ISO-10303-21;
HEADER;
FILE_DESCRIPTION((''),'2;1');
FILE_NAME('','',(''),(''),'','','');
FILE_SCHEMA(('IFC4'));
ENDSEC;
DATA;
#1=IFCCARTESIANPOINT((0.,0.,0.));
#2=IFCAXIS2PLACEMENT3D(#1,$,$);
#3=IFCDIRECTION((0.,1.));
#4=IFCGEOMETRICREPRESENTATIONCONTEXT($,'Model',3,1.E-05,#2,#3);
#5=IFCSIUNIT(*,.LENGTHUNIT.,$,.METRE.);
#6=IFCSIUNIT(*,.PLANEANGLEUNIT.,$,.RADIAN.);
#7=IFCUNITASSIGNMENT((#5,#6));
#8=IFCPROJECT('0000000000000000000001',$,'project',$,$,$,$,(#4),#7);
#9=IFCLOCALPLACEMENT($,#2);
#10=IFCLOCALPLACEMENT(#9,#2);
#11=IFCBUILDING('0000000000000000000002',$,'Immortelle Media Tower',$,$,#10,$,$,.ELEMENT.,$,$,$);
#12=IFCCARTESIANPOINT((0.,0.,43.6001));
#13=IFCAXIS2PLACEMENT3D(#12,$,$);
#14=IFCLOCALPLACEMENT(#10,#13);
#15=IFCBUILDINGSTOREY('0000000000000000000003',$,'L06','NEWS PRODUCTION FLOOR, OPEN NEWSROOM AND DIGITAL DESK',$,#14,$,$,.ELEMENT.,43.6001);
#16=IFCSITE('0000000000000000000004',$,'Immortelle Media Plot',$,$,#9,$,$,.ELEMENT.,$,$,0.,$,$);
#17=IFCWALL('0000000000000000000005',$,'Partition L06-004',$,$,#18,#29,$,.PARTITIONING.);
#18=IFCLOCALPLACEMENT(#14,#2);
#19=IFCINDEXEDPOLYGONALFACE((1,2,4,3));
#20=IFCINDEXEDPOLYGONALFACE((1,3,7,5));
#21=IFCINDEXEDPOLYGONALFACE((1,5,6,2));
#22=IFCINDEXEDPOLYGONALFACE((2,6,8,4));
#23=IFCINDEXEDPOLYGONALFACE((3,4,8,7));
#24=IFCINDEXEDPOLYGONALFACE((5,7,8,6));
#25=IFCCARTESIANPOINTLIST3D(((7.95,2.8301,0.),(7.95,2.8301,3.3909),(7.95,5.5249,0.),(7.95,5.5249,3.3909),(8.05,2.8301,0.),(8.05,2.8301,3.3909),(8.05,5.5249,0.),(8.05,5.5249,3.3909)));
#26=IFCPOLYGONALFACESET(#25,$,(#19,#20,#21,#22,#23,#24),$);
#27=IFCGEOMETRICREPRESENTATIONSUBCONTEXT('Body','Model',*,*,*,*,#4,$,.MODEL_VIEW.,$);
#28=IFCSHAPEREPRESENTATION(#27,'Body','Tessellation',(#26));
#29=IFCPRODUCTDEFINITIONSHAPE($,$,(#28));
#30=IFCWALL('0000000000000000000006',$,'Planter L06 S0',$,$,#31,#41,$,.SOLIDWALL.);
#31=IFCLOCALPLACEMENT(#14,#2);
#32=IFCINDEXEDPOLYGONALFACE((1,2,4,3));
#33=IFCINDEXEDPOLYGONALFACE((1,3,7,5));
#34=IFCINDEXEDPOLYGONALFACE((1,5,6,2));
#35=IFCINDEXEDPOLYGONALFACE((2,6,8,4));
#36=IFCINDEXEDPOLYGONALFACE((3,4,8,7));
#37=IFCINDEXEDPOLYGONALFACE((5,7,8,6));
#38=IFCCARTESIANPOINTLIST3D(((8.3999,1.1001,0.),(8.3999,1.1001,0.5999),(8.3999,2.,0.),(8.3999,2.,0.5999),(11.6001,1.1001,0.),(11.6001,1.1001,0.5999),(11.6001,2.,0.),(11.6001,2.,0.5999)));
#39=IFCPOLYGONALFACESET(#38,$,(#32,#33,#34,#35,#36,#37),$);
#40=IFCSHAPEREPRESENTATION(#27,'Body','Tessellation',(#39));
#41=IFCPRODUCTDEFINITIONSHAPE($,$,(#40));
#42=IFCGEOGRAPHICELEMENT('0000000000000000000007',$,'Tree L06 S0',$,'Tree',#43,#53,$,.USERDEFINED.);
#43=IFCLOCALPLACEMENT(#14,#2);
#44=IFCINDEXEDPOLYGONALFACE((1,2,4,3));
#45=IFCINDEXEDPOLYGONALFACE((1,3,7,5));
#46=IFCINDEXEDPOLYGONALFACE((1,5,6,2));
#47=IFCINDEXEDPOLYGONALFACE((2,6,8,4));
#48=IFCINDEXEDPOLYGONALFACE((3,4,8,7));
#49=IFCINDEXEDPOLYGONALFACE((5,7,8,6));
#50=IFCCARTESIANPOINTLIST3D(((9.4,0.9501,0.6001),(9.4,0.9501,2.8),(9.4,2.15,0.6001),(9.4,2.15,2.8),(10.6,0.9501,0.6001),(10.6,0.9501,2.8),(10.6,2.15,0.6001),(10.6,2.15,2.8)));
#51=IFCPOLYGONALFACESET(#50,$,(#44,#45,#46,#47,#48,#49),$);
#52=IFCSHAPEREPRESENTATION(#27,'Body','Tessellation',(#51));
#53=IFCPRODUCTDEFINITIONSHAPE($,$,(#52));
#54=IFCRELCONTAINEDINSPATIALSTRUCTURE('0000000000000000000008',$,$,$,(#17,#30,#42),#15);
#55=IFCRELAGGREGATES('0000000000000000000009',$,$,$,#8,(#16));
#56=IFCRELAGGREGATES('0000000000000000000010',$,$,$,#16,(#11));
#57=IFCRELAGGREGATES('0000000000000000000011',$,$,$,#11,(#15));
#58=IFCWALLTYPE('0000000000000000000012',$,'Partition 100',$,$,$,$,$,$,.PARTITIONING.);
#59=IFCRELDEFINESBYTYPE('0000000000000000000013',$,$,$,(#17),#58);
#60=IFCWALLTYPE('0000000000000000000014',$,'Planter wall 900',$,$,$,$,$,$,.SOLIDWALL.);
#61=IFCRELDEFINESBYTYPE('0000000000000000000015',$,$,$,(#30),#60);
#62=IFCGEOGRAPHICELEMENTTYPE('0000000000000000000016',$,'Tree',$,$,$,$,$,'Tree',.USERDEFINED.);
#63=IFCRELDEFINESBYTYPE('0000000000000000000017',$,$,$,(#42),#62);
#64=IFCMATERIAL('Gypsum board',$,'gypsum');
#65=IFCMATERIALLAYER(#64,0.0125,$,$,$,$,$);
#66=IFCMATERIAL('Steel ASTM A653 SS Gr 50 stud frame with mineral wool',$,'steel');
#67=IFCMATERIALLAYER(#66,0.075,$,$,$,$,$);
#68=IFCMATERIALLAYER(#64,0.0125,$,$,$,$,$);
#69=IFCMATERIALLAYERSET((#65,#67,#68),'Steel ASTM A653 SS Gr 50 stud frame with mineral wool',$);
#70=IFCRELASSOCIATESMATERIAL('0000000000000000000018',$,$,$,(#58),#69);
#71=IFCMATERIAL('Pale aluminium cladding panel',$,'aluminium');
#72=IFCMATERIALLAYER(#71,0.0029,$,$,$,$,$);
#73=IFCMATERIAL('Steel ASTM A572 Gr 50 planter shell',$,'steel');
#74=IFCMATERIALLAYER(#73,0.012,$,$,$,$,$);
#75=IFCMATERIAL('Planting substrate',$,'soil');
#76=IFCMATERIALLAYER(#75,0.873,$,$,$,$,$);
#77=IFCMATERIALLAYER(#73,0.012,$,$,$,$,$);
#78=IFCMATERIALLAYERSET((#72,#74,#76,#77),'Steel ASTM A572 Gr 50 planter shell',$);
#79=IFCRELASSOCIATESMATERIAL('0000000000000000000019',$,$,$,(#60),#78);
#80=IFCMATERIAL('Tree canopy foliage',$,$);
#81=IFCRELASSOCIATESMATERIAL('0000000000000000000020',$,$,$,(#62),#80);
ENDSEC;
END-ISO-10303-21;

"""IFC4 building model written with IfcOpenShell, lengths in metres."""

from ifc_helpers import new_model, si_unit, direction, frame, frame_2d, origin, origin_2d, place, context, subcontext, project, spatial, rectangle, extrude, material, layer, layer_set, type_object, element, save


model = new_model("IFC4")

# Units and contexts
model_context = context("Model", 3, precision=1e-05, world=origin(), true_north=direction((0.0, 1.0)))
body_context = subcontext(model_context, "Body", "Model", "MODEL_VIEW")
ifc_project = project(units=[si_unit("LENGTHUNIT", "METRE"), si_unit("PLANEANGLEUNIT", "RADIAN")], contexts=[model_context])

# Site, building, storey
site_placement = place(None, origin())
site = spatial("IfcSite", under=ifc_project, at=site_placement, Name="Immortelle Media Plot", CompositionType="ELEMENT", RefElevation=0.0)
building_placement = place(site_placement, origin())
building = spatial("IfcBuilding", under=site, at=building_placement, Name="Immortelle Media Tower", CompositionType="ELEMENT")
storey_placement = place(building_placement, frame((0.0, 0.0, 43.6001)))
storey = spatial("IfcBuildingStorey", under=building, at=storey_placement, Name="L06", Description="NEWS PRODUCTION FLOOR, OPEN NEWSROOM AND DIGITAL DESK", CompositionType="ELEMENT", Elevation=43.6001)

# Shared definitions
ifc_material_1 = material(Name="Pale aluminium cladding panel", Category="aluminium")
ifc_material_2 = material(Name="Steel ASTM A653 SS Gr 50 stud frame with mineral wool", Category="steel")

# Walls
ifc_material_3 = material(Name="Gypsum board", Category="gypsum")
ifc_layer_1 = layer(ifc_material_3, 0.0125)
ifc_layer_2 = layer(ifc_material_2, 0.075)
ifc_layer_3 = layer(ifc_material_3, 0.0125)
ifc_layer_set_1 = layer_set([ifc_layer_1, ifc_layer_2, ifc_layer_3], Name="Steel ASTM A653 SS Gr 50 stud frame with mineral wool")
wall_type_1 = type_object("IfcWallType", Name="Partition 100", PredefinedType="PARTITIONING", material=ifc_layer_set_1)
wall_1_placement = place(storey_placement, frame((8.0, 2.8301, 0.0), z_axis=(0.0, 0.0, 1.0), x_axis=(0.0, 1.0, 0.0)))
element("IfcWall", 1, at=wall_1_placement, inside=storey, type_object=wall_type_1, Name="Partition L06-004", PredefinedType="PARTITIONING", context=body_context, shape_type="SweptSolid", body=[
    extrude(rectangle(XDim=2.6948, YDim=0.1001, at=frame_2d((1.3474, 0.0))), origin(), (0.0, 0.0, 1.0), 3.3909),
])
ifc_layer_4 = layer(ifc_material_1, 0.0029)
ifc_material_4 = material(Name="Steel ASTM A572 Gr 50 planter shell", Category="steel")
ifc_layer_5 = layer(ifc_material_4, 0.012)
ifc_material_5 = material(Name="Planting substrate", Category="soil")
ifc_layer_6 = layer(ifc_material_5, 0.873)
ifc_layer_7 = layer(ifc_material_4, 0.012)
ifc_layer_set_2 = layer_set([ifc_layer_4, ifc_layer_5, ifc_layer_6, ifc_layer_7], Name="Steel ASTM A572 Gr 50 planter shell")
wall_type_2 = type_object("IfcWallType", Name="Planter wall 900", PredefinedType="SOLIDWALL", material=ifc_layer_set_2)
wall_2_placement = place(storey_placement, frame((8.3999, 1.55, 0.0), z_axis=(0.0, 0.0, 1.0), x_axis=(1.0, 0.0, 0.0)))
element("IfcWall", 2, at=wall_2_placement, inside=storey, type_object=wall_type_2, Name="Planter L06 S0", PredefinedType="SOLIDWALL", context=body_context, shape_type="SweptSolid", body=[
    extrude(rectangle(XDim=3.2002, YDim=0.8999, at=frame_2d((1.6001, 0.0))), origin(), (0.0, 0.0, 1.0), 0.5999),
])

# Geographic element
ifc_material_6 = material(Name="Tree canopy foliage")
geographic_element_type = type_object("IfcGeographicElementType", Name="Tree", ElementType="Tree", PredefinedType="USERDEFINED", material=ifc_material_6)
geographic_element_placement = place(storey_placement, frame((10.0, 1.55, 0.6001), z_axis=(0.0, 0.0, 1.0), x_axis=(1.0, 0.0, 0.0)))
element("IfcGeographicElement", 3, at=geographic_element_placement, inside=storey, type_object=geographic_element_type, Name="Tree L06 S0", ObjectType="Tree", PredefinedType="USERDEFINED", context=body_context, shape_type="SweptSolid", body=[
    extrude(rectangle(XDim=1.2, YDim=1.2, at=origin_2d()), origin(), (0.0, 0.0, 1.0), 2.2),
])

save(model, "model.ifc")
